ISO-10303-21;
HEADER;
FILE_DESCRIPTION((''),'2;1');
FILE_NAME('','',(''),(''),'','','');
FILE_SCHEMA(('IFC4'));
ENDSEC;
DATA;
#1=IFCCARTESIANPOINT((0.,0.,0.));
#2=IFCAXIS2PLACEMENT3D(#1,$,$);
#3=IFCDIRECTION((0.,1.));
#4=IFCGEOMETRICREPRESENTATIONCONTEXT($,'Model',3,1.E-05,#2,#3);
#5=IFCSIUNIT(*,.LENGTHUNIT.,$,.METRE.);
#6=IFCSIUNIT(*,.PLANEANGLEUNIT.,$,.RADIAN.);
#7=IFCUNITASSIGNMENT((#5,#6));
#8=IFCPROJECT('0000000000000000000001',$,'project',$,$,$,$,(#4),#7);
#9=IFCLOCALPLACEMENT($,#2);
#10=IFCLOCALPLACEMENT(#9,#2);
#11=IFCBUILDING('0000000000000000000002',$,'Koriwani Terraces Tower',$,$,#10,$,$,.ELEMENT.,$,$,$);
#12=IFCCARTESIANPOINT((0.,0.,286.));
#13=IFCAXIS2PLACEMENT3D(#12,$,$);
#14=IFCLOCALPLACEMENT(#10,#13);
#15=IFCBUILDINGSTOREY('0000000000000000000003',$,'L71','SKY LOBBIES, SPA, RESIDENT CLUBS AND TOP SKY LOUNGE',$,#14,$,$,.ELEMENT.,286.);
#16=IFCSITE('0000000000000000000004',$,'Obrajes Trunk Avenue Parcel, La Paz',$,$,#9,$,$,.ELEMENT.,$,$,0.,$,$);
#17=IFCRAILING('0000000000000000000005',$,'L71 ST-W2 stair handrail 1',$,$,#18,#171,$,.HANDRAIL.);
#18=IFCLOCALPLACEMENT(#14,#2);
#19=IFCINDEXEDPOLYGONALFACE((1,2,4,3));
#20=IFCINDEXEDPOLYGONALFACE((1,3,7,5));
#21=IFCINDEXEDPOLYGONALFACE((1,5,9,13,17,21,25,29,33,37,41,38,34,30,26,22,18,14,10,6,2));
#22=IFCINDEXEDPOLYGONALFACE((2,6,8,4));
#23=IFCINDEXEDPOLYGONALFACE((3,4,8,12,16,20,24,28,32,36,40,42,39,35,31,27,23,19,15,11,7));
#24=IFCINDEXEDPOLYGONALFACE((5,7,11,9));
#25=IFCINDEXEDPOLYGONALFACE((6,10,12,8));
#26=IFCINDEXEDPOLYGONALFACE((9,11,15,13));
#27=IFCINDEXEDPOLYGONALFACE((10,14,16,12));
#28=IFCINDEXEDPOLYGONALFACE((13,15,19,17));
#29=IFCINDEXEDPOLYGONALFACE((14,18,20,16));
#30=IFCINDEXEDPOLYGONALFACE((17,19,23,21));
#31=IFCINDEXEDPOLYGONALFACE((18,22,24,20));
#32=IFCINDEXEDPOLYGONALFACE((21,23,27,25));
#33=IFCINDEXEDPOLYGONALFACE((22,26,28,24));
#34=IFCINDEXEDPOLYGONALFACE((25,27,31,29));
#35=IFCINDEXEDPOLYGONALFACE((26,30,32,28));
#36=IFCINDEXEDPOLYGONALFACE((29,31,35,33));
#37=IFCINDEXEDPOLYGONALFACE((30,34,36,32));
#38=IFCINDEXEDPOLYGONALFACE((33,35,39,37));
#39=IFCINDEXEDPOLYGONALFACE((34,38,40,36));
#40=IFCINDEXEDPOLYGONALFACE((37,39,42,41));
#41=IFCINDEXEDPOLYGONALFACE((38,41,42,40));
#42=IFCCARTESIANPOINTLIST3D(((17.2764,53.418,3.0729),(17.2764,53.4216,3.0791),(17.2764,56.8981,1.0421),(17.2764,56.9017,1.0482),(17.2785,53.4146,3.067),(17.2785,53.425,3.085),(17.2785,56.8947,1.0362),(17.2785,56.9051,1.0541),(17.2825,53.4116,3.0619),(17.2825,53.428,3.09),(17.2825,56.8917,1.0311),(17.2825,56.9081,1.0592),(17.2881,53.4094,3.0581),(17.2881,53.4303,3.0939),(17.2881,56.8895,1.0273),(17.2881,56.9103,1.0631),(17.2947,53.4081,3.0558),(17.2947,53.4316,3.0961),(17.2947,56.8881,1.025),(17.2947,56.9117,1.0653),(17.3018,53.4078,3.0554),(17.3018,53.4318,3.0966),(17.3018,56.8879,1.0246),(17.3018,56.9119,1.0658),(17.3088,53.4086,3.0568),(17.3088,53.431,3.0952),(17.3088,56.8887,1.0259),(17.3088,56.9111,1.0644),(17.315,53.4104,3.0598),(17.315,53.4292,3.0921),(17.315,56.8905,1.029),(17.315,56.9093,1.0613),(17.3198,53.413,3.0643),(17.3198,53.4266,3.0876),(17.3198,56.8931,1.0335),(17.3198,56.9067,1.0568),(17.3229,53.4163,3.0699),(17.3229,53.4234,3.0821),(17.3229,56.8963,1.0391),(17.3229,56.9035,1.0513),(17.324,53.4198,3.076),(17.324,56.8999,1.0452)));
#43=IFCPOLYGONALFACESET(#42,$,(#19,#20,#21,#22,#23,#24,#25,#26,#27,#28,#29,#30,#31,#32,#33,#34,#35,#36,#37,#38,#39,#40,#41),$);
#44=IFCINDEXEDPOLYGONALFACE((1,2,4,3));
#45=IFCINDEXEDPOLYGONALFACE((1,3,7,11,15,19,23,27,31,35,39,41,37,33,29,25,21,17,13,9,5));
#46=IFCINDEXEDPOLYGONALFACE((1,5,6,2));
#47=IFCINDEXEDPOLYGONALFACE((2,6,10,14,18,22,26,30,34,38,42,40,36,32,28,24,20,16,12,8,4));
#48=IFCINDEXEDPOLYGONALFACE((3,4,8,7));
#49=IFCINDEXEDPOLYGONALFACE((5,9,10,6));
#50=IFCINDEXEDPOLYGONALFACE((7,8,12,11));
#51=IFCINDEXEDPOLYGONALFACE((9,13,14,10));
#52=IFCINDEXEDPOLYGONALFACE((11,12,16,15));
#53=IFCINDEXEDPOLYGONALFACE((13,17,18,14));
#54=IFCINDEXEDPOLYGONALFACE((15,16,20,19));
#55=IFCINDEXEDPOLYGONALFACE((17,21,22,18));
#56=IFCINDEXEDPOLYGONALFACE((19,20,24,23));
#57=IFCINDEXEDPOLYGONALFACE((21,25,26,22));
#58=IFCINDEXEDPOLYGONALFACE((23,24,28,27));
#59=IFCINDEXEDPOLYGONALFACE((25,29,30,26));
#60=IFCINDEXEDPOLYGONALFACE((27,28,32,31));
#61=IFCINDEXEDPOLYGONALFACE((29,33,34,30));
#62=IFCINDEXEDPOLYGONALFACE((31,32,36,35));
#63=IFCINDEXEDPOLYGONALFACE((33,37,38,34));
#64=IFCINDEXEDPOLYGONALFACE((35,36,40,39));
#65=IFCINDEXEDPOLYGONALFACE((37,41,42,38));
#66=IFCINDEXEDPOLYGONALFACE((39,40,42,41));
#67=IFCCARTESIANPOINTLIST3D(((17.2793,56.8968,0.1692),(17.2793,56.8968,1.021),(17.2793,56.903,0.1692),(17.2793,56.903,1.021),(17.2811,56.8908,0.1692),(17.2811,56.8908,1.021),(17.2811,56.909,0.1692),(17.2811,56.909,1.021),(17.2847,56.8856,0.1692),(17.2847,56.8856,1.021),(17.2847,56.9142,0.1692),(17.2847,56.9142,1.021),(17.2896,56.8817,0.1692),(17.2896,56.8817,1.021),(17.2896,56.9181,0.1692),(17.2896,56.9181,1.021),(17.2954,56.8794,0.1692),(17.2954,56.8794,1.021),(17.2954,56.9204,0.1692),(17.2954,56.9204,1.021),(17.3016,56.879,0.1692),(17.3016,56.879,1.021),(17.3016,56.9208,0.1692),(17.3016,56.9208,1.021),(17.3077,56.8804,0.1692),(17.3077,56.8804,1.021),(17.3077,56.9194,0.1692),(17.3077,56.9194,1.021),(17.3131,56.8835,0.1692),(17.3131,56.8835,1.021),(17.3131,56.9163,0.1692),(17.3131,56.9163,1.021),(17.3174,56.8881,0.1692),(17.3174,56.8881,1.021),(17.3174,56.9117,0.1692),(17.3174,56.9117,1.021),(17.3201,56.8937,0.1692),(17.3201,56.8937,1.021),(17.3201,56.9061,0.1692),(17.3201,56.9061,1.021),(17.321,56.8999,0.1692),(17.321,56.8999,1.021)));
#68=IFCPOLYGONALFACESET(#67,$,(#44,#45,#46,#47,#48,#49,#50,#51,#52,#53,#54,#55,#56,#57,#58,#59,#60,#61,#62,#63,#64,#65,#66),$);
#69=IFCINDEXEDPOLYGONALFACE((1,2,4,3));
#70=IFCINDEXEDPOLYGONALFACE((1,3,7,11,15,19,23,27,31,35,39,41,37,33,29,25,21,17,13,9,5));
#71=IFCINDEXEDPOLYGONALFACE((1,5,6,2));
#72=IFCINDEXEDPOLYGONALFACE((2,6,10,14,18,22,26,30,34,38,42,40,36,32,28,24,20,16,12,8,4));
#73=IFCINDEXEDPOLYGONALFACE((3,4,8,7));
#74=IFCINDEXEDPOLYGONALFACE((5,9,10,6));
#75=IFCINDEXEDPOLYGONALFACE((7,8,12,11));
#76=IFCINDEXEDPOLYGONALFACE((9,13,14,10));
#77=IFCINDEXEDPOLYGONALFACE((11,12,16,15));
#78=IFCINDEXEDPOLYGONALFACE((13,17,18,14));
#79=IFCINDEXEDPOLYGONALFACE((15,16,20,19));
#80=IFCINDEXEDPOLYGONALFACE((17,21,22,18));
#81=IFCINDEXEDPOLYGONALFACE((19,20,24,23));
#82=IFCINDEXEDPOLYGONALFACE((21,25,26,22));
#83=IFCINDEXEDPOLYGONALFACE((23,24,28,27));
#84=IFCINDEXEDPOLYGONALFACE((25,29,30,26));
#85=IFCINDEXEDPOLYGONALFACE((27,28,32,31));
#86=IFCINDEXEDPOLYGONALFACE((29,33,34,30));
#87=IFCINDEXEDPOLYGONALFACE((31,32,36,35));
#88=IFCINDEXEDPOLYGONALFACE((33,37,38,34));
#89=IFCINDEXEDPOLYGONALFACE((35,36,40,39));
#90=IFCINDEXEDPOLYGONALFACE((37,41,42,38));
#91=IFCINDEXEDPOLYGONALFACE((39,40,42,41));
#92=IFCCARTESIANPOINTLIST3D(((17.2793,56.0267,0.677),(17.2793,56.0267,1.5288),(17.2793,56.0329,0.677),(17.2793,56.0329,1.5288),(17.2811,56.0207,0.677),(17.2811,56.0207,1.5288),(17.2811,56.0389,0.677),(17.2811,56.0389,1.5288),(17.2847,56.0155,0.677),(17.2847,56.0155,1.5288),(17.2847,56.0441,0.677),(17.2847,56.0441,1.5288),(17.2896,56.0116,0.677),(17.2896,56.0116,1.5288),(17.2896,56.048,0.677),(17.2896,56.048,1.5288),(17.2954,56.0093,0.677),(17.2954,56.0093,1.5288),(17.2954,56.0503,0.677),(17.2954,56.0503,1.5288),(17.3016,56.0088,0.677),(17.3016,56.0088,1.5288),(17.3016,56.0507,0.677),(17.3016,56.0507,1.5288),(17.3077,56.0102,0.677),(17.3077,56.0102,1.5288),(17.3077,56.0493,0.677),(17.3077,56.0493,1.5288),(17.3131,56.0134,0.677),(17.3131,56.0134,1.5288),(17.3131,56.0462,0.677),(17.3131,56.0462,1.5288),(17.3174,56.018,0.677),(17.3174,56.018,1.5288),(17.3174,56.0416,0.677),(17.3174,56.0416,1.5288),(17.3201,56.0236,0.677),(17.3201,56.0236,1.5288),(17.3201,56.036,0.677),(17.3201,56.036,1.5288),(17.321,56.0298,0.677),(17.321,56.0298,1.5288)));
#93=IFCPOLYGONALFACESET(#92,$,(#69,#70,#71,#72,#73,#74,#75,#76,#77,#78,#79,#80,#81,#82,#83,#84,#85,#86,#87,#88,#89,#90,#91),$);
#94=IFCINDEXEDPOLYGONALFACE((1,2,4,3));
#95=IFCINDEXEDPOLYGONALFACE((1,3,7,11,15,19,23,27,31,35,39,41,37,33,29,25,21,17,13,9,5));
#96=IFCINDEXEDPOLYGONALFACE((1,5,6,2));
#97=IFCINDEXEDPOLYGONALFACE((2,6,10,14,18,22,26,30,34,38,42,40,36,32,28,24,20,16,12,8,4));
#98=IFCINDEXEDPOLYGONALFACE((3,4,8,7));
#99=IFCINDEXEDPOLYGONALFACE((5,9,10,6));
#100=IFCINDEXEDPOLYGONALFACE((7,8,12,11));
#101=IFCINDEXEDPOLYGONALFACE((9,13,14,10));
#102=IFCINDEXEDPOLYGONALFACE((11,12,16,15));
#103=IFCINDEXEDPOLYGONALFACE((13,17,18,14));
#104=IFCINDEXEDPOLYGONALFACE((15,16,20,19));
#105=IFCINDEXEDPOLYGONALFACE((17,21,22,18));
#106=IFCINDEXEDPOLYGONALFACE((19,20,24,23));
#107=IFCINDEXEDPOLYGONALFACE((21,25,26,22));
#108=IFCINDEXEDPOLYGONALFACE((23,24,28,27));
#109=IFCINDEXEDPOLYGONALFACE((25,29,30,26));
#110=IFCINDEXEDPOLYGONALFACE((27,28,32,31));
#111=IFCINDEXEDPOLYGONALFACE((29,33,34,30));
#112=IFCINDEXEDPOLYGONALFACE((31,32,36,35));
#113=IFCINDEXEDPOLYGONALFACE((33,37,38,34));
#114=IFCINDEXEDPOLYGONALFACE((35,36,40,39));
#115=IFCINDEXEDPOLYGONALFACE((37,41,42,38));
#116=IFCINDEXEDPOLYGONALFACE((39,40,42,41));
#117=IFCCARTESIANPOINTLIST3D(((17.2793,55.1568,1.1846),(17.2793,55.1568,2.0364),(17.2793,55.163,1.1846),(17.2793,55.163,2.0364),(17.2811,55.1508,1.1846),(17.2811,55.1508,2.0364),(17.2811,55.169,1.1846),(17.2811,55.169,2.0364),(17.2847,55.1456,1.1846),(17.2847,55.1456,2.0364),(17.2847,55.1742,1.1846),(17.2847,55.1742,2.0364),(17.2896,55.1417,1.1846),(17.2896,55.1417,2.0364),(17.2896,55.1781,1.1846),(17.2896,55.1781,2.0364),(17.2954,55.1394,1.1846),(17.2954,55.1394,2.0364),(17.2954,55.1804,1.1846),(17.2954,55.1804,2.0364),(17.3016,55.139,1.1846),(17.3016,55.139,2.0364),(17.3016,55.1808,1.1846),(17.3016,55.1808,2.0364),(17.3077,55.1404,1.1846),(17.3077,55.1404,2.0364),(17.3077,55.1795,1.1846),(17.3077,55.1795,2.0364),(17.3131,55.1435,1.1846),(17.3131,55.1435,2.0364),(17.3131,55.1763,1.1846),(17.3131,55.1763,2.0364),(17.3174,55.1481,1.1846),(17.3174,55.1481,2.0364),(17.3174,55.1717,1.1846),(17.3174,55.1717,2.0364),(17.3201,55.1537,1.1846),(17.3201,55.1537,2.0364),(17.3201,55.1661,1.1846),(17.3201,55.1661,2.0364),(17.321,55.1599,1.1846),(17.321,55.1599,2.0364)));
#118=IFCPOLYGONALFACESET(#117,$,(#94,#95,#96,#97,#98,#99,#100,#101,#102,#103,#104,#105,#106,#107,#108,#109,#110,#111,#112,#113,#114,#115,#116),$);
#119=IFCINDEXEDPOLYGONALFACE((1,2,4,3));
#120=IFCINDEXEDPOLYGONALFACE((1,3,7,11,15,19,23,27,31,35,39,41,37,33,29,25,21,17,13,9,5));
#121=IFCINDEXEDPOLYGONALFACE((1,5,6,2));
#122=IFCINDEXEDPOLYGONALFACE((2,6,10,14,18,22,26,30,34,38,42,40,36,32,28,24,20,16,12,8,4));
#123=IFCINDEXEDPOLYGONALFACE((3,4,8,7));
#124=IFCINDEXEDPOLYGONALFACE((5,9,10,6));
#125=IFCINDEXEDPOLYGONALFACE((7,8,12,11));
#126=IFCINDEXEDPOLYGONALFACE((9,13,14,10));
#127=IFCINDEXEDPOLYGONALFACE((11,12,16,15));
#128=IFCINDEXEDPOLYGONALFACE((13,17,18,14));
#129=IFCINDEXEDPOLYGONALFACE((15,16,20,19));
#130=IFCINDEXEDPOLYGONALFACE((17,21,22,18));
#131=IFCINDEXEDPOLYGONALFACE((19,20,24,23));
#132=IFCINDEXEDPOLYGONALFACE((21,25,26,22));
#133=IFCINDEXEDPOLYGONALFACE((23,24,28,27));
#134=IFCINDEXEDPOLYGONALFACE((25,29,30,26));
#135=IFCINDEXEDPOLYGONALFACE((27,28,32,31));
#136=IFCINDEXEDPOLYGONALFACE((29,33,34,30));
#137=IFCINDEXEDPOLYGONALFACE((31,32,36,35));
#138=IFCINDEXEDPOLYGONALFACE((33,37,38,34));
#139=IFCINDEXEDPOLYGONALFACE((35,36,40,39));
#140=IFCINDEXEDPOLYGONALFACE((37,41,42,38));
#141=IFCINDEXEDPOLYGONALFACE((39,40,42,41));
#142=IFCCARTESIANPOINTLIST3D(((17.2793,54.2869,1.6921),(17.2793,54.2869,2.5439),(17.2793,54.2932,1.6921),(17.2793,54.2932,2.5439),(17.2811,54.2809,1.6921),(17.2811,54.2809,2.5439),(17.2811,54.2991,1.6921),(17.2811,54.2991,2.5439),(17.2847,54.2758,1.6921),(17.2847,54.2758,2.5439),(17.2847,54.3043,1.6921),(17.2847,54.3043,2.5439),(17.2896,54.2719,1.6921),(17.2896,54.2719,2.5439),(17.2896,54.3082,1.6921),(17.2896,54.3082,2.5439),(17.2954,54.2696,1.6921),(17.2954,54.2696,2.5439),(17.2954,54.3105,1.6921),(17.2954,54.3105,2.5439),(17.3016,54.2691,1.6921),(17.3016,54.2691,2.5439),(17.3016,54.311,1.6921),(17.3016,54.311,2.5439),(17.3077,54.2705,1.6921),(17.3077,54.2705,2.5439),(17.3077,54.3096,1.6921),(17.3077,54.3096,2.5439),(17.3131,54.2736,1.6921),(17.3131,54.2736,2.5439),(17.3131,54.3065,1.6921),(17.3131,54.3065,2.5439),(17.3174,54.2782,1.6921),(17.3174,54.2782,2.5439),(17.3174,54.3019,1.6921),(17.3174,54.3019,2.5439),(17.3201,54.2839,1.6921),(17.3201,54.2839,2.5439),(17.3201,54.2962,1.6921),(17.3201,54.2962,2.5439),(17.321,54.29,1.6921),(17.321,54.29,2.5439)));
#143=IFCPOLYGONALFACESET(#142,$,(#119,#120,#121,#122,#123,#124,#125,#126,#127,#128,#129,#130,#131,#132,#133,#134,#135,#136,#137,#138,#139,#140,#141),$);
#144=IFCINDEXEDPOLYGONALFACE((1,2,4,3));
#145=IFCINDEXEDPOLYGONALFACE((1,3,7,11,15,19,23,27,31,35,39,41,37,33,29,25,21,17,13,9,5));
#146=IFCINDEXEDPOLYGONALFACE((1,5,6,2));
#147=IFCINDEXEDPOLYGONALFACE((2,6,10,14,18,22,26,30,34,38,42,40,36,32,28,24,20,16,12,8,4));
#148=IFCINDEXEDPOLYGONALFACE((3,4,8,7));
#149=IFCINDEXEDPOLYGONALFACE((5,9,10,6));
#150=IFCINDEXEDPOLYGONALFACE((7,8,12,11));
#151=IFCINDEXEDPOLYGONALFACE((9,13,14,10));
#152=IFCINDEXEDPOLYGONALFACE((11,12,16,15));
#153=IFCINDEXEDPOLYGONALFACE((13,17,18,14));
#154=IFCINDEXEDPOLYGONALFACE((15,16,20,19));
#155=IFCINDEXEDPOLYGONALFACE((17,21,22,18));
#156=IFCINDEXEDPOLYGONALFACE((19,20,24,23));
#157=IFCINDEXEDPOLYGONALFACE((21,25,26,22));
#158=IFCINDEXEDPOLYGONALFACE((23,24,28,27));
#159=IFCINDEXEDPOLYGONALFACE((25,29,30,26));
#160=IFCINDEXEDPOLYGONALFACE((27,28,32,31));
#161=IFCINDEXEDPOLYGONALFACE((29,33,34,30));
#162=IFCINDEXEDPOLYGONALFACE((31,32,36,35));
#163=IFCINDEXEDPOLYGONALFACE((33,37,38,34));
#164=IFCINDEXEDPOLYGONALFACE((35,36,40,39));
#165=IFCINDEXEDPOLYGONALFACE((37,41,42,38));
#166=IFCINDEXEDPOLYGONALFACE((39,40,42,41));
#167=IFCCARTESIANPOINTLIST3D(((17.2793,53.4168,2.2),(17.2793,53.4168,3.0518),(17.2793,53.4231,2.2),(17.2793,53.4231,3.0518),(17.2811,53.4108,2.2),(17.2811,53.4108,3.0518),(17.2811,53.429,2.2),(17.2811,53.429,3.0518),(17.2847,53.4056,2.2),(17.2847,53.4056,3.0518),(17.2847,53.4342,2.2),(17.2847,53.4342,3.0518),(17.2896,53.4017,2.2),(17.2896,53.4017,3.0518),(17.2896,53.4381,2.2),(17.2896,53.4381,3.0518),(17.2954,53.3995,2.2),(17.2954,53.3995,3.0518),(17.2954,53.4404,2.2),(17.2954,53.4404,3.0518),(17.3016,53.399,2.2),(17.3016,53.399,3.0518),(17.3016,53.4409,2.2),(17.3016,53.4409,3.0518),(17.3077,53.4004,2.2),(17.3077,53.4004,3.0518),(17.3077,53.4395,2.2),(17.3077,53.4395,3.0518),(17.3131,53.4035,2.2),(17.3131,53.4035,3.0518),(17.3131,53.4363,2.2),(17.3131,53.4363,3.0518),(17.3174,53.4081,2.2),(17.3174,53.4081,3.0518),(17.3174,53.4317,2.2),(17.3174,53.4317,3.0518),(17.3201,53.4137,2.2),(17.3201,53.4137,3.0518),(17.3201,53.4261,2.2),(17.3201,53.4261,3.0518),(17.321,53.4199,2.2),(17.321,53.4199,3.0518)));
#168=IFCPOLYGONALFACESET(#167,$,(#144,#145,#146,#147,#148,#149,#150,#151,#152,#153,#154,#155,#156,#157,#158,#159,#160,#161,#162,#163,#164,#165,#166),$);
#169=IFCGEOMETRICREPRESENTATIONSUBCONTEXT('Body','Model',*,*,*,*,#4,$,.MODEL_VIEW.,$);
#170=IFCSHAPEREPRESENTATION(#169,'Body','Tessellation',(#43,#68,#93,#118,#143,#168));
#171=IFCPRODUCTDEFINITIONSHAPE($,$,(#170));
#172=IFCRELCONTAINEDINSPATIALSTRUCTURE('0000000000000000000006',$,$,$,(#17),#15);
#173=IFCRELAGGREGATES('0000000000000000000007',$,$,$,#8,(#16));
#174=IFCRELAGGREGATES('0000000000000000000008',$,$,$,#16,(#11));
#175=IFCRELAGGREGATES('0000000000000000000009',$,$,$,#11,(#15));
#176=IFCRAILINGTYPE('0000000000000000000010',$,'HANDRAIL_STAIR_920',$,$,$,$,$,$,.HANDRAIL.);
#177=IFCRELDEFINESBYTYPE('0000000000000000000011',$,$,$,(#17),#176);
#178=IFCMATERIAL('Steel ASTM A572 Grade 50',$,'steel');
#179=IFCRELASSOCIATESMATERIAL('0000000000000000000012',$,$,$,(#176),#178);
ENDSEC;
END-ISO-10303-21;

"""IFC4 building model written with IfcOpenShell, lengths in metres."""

from ifc_helpers import new_model, si_unit, direction, frame, origin, origin_2d, place, context, subcontext, project, spatial, circle, extrude, material, type_object, element, save


model = new_model("IFC4")

# Units and contexts
model_context = context("Model", 3, precision=1e-05, world=origin(), true_north=direction((0.0, 1.0)))
body_context = subcontext(model_context, "Body", "Model", "MODEL_VIEW")
ifc_project = project(units=[si_unit("LENGTHUNIT", "METRE"), si_unit("PLANEANGLEUNIT", "RADIAN")], contexts=[model_context])

# Site, building, storey
site_placement = place(None, origin())
site = spatial("IfcSite", under=ifc_project, at=site_placement, Name="Obrajes Trunk Avenue Parcel, La Paz", CompositionType="ELEMENT", RefElevation=0.0)
building_placement = place(site_placement, origin())
building = spatial("IfcBuilding", under=site, at=building_placement, Name="Koriwani Terraces Tower", CompositionType="ELEMENT")
storey_placement = place(building_placement, frame((0.0, 0.0, 286.0)))
storey = spatial("IfcBuildingStorey", under=building, at=storey_placement, Name="L71", Description="SKY LOBBIES, SPA, RESIDENT CLUBS AND TOP SKY LOUNGE", CompositionType="ELEMENT", Elevation=286.0)

# Shared definitions
ifc_material_1 = material(Name="Steel ASTM A572 Grade 50", Category="steel")

# Railing
railing_type_1 = type_object("IfcRailingType", Name="HANDRAIL_STAIR_920", PredefinedType="HANDRAIL", material=ifc_material_1)
railing_1_placement = place(storey_placement, frame((17.3, 56.8999, 0.1692)))
element("IfcRailing", 1, at=railing_1_placement, inside=storey, type_object=railing_type_1, Name="L71 ST-W2 stair handrail 1", PredefinedType="HANDRAIL", context=body_context, shape_type="SweptSolid", body=[
    extrude(circle(Radius=0.0239, at=origin_2d()), frame((0.0, 0.0, 0.876), z_axis=(0.0, -0.863695, 0.504014), x_axis=(1.0, 0.0, 0.0)), (0.0, 0.0, 1.0), 4.0293),
    extrude(circle(Radius=0.021, at=origin_2d()), origin(), (0.0, 0.0, 1.0), 0.8518),
    extrude(circle(Radius=0.021, at=origin_2d()), frame((0.0, -0.8701, 0.5078)), (0.0, 0.0, 1.0), 0.8518),
    extrude(circle(Radius=0.021, at=origin_2d()), frame((0.0, -1.74, 1.0154)), (0.0, 0.0, 1.0), 0.8518),
    extrude(circle(Radius=0.021, at=origin_2d()), frame((0.0, -2.6099, 1.5229)), (0.0, 0.0, 1.0), 0.8518),
    extrude(circle(Radius=0.021, at=origin_2d()), frame((0.0, -3.48, 2.0308)), (0.0, 0.0, 1.0), 0.8518),
])

save(model, "model.ifc")
